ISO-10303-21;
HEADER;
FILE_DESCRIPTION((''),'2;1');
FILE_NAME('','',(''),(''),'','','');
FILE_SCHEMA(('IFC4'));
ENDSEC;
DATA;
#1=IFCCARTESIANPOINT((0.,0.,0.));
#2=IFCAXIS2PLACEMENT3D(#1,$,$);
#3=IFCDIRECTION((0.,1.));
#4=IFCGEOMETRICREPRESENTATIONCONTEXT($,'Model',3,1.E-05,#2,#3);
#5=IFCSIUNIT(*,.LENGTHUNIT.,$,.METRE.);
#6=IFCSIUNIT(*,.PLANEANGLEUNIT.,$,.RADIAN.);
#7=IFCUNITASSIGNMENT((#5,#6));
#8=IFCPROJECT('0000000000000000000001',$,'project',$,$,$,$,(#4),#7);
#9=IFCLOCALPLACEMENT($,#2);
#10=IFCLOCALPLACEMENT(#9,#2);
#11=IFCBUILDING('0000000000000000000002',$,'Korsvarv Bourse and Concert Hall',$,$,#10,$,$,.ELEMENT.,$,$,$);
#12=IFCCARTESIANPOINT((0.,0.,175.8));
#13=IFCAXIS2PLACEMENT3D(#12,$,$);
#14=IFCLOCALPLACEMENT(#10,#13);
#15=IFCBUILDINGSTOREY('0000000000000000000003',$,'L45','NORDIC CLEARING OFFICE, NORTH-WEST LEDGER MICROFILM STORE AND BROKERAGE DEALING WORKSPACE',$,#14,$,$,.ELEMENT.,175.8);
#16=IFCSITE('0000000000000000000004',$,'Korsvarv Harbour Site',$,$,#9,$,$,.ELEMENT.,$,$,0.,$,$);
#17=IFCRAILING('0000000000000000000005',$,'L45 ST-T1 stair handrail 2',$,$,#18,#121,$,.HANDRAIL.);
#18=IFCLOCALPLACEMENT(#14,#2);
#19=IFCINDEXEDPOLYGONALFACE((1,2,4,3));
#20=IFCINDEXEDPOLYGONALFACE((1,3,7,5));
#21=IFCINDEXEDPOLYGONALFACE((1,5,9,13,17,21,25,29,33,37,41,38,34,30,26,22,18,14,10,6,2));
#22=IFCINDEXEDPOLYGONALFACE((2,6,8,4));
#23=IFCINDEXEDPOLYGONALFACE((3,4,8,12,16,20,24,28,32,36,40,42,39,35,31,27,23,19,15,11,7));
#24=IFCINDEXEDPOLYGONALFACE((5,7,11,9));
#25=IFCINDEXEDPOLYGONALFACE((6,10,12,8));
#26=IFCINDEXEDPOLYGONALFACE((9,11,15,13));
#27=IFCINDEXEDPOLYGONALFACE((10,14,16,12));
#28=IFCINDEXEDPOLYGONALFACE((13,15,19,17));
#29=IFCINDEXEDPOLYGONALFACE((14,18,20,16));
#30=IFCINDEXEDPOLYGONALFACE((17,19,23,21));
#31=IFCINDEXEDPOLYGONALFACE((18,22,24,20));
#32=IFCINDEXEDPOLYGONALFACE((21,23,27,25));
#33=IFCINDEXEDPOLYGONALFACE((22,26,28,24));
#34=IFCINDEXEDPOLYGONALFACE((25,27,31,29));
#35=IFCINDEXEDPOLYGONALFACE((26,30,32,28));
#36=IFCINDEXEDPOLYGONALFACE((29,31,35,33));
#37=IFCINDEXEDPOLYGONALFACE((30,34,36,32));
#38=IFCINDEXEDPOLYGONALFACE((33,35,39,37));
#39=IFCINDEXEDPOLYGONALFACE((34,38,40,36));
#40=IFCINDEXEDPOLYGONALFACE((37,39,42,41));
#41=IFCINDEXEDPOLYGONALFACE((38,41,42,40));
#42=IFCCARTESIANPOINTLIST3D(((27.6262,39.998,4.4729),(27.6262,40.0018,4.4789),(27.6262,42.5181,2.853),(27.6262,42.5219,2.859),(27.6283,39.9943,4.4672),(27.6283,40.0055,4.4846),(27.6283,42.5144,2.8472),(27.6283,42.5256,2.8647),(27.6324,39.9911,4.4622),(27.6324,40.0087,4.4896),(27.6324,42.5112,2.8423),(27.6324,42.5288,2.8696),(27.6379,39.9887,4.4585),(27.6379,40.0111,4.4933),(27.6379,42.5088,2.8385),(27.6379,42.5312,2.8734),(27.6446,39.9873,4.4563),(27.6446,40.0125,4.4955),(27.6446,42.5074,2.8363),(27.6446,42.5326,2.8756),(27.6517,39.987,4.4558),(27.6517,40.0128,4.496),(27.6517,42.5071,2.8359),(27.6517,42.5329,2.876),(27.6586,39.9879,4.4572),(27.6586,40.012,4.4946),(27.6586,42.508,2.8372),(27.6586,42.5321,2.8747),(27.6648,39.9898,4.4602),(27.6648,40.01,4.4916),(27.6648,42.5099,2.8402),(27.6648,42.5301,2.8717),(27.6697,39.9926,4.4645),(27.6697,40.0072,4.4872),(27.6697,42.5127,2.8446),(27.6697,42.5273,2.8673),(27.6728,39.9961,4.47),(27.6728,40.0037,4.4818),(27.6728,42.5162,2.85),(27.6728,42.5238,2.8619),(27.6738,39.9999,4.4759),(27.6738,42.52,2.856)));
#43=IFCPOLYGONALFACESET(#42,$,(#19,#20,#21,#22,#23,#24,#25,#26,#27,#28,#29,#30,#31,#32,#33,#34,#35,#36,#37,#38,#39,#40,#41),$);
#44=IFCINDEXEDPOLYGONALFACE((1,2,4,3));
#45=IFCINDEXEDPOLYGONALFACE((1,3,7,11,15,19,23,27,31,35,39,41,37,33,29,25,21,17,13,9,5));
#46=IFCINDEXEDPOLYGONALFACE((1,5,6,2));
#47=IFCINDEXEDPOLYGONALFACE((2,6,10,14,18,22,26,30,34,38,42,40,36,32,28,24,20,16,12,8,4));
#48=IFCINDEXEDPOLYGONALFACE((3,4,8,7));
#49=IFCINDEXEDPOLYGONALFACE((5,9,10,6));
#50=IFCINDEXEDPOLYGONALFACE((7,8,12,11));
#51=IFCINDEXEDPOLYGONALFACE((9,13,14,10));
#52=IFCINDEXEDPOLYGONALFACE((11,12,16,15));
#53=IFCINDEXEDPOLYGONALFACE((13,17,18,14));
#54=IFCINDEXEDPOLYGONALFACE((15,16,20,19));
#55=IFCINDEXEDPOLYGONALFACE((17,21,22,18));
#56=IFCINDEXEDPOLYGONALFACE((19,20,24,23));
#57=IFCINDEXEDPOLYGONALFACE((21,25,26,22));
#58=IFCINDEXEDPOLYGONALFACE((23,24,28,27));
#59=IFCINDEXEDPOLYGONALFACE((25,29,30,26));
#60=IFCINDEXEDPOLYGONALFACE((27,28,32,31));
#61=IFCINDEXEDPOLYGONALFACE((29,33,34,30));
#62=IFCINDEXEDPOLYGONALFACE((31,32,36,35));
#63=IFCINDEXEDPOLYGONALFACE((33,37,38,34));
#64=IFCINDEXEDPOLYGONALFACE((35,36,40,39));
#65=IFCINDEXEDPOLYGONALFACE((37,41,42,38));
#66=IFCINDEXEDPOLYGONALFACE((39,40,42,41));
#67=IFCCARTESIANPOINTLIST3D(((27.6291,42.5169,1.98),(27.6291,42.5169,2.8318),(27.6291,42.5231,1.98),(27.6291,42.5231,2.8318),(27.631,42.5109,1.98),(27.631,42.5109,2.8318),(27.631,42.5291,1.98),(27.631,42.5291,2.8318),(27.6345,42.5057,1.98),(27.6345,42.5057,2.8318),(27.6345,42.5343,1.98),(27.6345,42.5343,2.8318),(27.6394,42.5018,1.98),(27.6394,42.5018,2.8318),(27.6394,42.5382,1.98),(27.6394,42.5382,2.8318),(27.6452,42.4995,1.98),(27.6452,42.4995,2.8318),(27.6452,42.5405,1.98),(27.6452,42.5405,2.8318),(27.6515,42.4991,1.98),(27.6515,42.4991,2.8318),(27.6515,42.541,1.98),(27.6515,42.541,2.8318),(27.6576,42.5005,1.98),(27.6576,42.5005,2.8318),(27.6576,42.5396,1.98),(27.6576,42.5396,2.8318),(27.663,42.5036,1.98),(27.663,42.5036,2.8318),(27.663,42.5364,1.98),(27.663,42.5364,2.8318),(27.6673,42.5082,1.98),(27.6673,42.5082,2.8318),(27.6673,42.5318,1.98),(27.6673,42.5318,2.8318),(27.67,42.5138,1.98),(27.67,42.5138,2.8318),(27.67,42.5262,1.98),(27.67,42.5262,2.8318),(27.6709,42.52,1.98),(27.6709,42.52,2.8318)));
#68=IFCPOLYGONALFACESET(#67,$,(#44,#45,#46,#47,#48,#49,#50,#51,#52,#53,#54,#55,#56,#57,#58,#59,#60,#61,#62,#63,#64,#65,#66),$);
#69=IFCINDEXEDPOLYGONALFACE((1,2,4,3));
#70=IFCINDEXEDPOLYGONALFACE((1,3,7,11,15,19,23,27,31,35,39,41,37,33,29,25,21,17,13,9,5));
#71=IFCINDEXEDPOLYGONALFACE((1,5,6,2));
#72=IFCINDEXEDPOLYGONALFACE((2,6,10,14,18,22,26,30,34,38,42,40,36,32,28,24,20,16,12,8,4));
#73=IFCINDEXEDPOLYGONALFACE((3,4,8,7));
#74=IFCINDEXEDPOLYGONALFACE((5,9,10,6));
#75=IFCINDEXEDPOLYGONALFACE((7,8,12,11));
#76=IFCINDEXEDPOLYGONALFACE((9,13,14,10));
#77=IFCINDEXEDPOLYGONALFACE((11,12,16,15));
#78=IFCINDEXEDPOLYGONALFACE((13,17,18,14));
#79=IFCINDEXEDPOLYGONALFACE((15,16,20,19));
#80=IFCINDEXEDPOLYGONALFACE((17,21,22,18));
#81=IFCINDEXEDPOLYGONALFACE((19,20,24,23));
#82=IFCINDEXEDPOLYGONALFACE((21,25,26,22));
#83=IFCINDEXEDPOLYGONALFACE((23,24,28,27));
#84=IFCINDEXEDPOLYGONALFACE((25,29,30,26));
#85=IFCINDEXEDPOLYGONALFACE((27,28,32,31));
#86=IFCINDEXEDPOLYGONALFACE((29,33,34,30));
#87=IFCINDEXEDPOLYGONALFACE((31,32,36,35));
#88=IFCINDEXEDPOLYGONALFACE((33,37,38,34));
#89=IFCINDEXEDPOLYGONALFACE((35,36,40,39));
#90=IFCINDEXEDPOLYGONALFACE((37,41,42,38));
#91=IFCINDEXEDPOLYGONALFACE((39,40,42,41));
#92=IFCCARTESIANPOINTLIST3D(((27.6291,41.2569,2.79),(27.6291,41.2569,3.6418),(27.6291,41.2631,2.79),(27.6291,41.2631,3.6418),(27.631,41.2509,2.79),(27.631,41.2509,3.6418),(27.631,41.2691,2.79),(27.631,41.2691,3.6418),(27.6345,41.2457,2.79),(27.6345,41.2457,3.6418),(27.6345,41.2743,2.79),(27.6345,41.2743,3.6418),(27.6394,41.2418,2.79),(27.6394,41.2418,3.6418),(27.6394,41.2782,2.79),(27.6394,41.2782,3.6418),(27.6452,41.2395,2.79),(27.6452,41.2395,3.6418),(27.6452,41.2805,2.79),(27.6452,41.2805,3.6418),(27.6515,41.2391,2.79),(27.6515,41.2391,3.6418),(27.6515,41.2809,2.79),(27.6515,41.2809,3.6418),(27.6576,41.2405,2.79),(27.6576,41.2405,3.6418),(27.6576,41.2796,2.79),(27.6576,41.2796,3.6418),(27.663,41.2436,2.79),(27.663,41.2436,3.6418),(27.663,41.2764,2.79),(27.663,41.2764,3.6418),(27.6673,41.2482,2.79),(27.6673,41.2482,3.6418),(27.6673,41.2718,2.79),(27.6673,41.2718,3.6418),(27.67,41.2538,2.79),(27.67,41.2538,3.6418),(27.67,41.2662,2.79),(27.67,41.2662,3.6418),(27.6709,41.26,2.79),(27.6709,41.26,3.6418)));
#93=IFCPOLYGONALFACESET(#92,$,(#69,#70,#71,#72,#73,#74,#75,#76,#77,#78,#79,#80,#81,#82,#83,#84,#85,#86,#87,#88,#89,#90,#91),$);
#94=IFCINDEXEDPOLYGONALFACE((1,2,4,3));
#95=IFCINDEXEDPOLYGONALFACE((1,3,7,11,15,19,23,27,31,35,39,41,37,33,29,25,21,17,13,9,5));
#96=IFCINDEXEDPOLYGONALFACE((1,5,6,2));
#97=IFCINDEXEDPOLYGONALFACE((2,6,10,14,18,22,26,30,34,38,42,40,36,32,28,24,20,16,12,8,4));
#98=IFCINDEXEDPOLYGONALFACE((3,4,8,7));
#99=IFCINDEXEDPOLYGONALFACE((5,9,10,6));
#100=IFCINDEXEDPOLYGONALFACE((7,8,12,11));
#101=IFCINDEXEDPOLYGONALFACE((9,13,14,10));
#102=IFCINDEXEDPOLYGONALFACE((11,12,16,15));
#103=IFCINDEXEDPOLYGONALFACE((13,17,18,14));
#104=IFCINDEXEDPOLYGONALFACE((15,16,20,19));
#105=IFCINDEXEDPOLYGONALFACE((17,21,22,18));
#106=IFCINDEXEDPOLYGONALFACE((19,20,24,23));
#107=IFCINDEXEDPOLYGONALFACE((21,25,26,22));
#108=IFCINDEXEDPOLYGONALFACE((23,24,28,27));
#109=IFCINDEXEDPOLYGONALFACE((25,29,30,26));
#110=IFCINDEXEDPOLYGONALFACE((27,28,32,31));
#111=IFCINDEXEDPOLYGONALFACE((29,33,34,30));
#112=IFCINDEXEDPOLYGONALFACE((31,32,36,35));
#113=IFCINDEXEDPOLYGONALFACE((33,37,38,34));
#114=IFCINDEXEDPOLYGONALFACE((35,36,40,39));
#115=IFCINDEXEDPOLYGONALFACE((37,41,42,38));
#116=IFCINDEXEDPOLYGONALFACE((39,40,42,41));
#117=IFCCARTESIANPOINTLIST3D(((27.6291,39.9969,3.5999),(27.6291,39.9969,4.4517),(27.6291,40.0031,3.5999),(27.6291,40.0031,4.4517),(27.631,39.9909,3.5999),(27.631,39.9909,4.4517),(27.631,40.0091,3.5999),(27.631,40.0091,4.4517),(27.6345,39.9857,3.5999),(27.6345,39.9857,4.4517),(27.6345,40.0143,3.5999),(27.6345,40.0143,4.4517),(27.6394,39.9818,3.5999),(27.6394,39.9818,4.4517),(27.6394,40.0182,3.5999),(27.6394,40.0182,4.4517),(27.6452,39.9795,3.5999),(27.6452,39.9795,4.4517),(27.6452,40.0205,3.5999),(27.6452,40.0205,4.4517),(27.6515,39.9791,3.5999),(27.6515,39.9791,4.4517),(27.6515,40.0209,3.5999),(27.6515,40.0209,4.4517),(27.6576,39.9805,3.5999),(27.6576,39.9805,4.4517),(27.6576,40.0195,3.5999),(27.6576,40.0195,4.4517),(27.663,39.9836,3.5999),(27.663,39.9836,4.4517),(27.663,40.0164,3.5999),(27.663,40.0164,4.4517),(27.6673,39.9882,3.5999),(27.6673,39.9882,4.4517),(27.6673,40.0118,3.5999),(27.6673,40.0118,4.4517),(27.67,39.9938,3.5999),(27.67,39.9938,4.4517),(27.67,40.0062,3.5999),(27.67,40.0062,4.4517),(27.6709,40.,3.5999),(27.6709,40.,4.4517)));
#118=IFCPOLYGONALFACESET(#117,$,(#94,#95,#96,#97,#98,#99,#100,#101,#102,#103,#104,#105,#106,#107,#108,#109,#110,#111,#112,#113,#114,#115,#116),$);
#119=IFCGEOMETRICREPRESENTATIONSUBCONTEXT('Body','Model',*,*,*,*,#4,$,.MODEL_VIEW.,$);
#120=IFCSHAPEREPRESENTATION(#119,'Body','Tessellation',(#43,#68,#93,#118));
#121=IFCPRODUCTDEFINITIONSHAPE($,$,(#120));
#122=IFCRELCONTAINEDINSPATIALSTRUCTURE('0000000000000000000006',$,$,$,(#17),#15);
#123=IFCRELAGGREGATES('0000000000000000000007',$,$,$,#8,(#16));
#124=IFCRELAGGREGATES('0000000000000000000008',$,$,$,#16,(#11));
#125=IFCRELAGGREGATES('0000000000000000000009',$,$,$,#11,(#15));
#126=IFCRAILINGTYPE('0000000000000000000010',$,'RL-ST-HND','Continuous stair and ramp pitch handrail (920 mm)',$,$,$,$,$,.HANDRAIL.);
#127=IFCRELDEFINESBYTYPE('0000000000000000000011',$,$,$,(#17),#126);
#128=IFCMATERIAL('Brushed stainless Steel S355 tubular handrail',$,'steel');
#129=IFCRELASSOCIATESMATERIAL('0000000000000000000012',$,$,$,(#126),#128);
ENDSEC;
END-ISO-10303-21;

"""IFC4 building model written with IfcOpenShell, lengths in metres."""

from ifc_helpers import new_model, si_unit, direction, frame, origin, origin_2d, place, context, subcontext, project, spatial, circle, extrude, material, type_object, element, save


model = new_model("IFC4")

# Units and contexts
model_context = context("Model", 3, precision=1e-05, world=origin(), true_north=direction((0.0, 1.0)))
body_context = subcontext(model_context, "Body", "Model", "MODEL_VIEW")
ifc_project = project(units=[si_unit("LENGTHUNIT", "METRE"), si_unit("PLANEANGLEUNIT", "RADIAN")], contexts=[model_context])

# Site, building, storey
site_placement = place(None, origin())
site = spatial("IfcSite", under=ifc_project, at=site_placement, Name="Korsvarv Harbour Site", CompositionType="ELEMENT", RefElevation=0.0)
building_placement = place(site_placement, origin())
building = spatial("IfcBuilding", under=site, at=building_placement, Name="Korsvarv Bourse and Concert Hall", CompositionType="ELEMENT")
storey_placement = place(building_placement, frame((0.0, 0.0, 175.8)))
storey = spatial("IfcBuildingStorey", under=building, at=storey_placement, Name="L45", Description="NORDIC CLEARING OFFICE, NORTH-WEST LEDGER MICROFILM STORE AND BROKERAGE DEALING WORKSPACE", CompositionType="ELEMENT", Elevation=175.8)

# Railing
ifc_material_1 = material(Name="Brushed stainless Steel S355 tubular handrail", Category="steel")
railing_type = type_object("IfcRailingType", Name="RL-ST-HND", Description="Continuous stair and ramp pitch handrail (920 mm)", PredefinedType="HANDRAIL", material=ifc_material_1)
railing_placement = place(storey_placement, frame((27.6499, 42.52, 1.98)))
element("IfcRailing", 1, at=railing_placement, inside=storey, type_object=railing_type, Name="L45 ST-T1 stair handrail 2", PredefinedType="HANDRAIL", context=body_context, shape_type="SweptSolid", body=[
    extrude(circle(Radius=0.0239, at=origin_2d()), frame((0.0, 0.0, 0.876), z_axis=(0.0, -0.8412, 0.540725), x_axis=(1.0, 0.0, 0.0)), (0.0, 0.0, 1.0), 2.9958),
    extrude(circle(Radius=0.021, at=origin_2d()), origin(), (0.0, 0.0, 1.0), 0.8518),
    extrude(circle(Radius=0.021, at=origin_2d()), frame((0.0, -1.26, 0.8101)), (0.0, 0.0, 1.0), 0.8518),
    extrude(circle(Radius=0.021, at=origin_2d()), frame((0.0, -2.52, 1.6199)), (0.0, 0.0, 1.0), 0.8518),
])

save(model, "model.ifc")
